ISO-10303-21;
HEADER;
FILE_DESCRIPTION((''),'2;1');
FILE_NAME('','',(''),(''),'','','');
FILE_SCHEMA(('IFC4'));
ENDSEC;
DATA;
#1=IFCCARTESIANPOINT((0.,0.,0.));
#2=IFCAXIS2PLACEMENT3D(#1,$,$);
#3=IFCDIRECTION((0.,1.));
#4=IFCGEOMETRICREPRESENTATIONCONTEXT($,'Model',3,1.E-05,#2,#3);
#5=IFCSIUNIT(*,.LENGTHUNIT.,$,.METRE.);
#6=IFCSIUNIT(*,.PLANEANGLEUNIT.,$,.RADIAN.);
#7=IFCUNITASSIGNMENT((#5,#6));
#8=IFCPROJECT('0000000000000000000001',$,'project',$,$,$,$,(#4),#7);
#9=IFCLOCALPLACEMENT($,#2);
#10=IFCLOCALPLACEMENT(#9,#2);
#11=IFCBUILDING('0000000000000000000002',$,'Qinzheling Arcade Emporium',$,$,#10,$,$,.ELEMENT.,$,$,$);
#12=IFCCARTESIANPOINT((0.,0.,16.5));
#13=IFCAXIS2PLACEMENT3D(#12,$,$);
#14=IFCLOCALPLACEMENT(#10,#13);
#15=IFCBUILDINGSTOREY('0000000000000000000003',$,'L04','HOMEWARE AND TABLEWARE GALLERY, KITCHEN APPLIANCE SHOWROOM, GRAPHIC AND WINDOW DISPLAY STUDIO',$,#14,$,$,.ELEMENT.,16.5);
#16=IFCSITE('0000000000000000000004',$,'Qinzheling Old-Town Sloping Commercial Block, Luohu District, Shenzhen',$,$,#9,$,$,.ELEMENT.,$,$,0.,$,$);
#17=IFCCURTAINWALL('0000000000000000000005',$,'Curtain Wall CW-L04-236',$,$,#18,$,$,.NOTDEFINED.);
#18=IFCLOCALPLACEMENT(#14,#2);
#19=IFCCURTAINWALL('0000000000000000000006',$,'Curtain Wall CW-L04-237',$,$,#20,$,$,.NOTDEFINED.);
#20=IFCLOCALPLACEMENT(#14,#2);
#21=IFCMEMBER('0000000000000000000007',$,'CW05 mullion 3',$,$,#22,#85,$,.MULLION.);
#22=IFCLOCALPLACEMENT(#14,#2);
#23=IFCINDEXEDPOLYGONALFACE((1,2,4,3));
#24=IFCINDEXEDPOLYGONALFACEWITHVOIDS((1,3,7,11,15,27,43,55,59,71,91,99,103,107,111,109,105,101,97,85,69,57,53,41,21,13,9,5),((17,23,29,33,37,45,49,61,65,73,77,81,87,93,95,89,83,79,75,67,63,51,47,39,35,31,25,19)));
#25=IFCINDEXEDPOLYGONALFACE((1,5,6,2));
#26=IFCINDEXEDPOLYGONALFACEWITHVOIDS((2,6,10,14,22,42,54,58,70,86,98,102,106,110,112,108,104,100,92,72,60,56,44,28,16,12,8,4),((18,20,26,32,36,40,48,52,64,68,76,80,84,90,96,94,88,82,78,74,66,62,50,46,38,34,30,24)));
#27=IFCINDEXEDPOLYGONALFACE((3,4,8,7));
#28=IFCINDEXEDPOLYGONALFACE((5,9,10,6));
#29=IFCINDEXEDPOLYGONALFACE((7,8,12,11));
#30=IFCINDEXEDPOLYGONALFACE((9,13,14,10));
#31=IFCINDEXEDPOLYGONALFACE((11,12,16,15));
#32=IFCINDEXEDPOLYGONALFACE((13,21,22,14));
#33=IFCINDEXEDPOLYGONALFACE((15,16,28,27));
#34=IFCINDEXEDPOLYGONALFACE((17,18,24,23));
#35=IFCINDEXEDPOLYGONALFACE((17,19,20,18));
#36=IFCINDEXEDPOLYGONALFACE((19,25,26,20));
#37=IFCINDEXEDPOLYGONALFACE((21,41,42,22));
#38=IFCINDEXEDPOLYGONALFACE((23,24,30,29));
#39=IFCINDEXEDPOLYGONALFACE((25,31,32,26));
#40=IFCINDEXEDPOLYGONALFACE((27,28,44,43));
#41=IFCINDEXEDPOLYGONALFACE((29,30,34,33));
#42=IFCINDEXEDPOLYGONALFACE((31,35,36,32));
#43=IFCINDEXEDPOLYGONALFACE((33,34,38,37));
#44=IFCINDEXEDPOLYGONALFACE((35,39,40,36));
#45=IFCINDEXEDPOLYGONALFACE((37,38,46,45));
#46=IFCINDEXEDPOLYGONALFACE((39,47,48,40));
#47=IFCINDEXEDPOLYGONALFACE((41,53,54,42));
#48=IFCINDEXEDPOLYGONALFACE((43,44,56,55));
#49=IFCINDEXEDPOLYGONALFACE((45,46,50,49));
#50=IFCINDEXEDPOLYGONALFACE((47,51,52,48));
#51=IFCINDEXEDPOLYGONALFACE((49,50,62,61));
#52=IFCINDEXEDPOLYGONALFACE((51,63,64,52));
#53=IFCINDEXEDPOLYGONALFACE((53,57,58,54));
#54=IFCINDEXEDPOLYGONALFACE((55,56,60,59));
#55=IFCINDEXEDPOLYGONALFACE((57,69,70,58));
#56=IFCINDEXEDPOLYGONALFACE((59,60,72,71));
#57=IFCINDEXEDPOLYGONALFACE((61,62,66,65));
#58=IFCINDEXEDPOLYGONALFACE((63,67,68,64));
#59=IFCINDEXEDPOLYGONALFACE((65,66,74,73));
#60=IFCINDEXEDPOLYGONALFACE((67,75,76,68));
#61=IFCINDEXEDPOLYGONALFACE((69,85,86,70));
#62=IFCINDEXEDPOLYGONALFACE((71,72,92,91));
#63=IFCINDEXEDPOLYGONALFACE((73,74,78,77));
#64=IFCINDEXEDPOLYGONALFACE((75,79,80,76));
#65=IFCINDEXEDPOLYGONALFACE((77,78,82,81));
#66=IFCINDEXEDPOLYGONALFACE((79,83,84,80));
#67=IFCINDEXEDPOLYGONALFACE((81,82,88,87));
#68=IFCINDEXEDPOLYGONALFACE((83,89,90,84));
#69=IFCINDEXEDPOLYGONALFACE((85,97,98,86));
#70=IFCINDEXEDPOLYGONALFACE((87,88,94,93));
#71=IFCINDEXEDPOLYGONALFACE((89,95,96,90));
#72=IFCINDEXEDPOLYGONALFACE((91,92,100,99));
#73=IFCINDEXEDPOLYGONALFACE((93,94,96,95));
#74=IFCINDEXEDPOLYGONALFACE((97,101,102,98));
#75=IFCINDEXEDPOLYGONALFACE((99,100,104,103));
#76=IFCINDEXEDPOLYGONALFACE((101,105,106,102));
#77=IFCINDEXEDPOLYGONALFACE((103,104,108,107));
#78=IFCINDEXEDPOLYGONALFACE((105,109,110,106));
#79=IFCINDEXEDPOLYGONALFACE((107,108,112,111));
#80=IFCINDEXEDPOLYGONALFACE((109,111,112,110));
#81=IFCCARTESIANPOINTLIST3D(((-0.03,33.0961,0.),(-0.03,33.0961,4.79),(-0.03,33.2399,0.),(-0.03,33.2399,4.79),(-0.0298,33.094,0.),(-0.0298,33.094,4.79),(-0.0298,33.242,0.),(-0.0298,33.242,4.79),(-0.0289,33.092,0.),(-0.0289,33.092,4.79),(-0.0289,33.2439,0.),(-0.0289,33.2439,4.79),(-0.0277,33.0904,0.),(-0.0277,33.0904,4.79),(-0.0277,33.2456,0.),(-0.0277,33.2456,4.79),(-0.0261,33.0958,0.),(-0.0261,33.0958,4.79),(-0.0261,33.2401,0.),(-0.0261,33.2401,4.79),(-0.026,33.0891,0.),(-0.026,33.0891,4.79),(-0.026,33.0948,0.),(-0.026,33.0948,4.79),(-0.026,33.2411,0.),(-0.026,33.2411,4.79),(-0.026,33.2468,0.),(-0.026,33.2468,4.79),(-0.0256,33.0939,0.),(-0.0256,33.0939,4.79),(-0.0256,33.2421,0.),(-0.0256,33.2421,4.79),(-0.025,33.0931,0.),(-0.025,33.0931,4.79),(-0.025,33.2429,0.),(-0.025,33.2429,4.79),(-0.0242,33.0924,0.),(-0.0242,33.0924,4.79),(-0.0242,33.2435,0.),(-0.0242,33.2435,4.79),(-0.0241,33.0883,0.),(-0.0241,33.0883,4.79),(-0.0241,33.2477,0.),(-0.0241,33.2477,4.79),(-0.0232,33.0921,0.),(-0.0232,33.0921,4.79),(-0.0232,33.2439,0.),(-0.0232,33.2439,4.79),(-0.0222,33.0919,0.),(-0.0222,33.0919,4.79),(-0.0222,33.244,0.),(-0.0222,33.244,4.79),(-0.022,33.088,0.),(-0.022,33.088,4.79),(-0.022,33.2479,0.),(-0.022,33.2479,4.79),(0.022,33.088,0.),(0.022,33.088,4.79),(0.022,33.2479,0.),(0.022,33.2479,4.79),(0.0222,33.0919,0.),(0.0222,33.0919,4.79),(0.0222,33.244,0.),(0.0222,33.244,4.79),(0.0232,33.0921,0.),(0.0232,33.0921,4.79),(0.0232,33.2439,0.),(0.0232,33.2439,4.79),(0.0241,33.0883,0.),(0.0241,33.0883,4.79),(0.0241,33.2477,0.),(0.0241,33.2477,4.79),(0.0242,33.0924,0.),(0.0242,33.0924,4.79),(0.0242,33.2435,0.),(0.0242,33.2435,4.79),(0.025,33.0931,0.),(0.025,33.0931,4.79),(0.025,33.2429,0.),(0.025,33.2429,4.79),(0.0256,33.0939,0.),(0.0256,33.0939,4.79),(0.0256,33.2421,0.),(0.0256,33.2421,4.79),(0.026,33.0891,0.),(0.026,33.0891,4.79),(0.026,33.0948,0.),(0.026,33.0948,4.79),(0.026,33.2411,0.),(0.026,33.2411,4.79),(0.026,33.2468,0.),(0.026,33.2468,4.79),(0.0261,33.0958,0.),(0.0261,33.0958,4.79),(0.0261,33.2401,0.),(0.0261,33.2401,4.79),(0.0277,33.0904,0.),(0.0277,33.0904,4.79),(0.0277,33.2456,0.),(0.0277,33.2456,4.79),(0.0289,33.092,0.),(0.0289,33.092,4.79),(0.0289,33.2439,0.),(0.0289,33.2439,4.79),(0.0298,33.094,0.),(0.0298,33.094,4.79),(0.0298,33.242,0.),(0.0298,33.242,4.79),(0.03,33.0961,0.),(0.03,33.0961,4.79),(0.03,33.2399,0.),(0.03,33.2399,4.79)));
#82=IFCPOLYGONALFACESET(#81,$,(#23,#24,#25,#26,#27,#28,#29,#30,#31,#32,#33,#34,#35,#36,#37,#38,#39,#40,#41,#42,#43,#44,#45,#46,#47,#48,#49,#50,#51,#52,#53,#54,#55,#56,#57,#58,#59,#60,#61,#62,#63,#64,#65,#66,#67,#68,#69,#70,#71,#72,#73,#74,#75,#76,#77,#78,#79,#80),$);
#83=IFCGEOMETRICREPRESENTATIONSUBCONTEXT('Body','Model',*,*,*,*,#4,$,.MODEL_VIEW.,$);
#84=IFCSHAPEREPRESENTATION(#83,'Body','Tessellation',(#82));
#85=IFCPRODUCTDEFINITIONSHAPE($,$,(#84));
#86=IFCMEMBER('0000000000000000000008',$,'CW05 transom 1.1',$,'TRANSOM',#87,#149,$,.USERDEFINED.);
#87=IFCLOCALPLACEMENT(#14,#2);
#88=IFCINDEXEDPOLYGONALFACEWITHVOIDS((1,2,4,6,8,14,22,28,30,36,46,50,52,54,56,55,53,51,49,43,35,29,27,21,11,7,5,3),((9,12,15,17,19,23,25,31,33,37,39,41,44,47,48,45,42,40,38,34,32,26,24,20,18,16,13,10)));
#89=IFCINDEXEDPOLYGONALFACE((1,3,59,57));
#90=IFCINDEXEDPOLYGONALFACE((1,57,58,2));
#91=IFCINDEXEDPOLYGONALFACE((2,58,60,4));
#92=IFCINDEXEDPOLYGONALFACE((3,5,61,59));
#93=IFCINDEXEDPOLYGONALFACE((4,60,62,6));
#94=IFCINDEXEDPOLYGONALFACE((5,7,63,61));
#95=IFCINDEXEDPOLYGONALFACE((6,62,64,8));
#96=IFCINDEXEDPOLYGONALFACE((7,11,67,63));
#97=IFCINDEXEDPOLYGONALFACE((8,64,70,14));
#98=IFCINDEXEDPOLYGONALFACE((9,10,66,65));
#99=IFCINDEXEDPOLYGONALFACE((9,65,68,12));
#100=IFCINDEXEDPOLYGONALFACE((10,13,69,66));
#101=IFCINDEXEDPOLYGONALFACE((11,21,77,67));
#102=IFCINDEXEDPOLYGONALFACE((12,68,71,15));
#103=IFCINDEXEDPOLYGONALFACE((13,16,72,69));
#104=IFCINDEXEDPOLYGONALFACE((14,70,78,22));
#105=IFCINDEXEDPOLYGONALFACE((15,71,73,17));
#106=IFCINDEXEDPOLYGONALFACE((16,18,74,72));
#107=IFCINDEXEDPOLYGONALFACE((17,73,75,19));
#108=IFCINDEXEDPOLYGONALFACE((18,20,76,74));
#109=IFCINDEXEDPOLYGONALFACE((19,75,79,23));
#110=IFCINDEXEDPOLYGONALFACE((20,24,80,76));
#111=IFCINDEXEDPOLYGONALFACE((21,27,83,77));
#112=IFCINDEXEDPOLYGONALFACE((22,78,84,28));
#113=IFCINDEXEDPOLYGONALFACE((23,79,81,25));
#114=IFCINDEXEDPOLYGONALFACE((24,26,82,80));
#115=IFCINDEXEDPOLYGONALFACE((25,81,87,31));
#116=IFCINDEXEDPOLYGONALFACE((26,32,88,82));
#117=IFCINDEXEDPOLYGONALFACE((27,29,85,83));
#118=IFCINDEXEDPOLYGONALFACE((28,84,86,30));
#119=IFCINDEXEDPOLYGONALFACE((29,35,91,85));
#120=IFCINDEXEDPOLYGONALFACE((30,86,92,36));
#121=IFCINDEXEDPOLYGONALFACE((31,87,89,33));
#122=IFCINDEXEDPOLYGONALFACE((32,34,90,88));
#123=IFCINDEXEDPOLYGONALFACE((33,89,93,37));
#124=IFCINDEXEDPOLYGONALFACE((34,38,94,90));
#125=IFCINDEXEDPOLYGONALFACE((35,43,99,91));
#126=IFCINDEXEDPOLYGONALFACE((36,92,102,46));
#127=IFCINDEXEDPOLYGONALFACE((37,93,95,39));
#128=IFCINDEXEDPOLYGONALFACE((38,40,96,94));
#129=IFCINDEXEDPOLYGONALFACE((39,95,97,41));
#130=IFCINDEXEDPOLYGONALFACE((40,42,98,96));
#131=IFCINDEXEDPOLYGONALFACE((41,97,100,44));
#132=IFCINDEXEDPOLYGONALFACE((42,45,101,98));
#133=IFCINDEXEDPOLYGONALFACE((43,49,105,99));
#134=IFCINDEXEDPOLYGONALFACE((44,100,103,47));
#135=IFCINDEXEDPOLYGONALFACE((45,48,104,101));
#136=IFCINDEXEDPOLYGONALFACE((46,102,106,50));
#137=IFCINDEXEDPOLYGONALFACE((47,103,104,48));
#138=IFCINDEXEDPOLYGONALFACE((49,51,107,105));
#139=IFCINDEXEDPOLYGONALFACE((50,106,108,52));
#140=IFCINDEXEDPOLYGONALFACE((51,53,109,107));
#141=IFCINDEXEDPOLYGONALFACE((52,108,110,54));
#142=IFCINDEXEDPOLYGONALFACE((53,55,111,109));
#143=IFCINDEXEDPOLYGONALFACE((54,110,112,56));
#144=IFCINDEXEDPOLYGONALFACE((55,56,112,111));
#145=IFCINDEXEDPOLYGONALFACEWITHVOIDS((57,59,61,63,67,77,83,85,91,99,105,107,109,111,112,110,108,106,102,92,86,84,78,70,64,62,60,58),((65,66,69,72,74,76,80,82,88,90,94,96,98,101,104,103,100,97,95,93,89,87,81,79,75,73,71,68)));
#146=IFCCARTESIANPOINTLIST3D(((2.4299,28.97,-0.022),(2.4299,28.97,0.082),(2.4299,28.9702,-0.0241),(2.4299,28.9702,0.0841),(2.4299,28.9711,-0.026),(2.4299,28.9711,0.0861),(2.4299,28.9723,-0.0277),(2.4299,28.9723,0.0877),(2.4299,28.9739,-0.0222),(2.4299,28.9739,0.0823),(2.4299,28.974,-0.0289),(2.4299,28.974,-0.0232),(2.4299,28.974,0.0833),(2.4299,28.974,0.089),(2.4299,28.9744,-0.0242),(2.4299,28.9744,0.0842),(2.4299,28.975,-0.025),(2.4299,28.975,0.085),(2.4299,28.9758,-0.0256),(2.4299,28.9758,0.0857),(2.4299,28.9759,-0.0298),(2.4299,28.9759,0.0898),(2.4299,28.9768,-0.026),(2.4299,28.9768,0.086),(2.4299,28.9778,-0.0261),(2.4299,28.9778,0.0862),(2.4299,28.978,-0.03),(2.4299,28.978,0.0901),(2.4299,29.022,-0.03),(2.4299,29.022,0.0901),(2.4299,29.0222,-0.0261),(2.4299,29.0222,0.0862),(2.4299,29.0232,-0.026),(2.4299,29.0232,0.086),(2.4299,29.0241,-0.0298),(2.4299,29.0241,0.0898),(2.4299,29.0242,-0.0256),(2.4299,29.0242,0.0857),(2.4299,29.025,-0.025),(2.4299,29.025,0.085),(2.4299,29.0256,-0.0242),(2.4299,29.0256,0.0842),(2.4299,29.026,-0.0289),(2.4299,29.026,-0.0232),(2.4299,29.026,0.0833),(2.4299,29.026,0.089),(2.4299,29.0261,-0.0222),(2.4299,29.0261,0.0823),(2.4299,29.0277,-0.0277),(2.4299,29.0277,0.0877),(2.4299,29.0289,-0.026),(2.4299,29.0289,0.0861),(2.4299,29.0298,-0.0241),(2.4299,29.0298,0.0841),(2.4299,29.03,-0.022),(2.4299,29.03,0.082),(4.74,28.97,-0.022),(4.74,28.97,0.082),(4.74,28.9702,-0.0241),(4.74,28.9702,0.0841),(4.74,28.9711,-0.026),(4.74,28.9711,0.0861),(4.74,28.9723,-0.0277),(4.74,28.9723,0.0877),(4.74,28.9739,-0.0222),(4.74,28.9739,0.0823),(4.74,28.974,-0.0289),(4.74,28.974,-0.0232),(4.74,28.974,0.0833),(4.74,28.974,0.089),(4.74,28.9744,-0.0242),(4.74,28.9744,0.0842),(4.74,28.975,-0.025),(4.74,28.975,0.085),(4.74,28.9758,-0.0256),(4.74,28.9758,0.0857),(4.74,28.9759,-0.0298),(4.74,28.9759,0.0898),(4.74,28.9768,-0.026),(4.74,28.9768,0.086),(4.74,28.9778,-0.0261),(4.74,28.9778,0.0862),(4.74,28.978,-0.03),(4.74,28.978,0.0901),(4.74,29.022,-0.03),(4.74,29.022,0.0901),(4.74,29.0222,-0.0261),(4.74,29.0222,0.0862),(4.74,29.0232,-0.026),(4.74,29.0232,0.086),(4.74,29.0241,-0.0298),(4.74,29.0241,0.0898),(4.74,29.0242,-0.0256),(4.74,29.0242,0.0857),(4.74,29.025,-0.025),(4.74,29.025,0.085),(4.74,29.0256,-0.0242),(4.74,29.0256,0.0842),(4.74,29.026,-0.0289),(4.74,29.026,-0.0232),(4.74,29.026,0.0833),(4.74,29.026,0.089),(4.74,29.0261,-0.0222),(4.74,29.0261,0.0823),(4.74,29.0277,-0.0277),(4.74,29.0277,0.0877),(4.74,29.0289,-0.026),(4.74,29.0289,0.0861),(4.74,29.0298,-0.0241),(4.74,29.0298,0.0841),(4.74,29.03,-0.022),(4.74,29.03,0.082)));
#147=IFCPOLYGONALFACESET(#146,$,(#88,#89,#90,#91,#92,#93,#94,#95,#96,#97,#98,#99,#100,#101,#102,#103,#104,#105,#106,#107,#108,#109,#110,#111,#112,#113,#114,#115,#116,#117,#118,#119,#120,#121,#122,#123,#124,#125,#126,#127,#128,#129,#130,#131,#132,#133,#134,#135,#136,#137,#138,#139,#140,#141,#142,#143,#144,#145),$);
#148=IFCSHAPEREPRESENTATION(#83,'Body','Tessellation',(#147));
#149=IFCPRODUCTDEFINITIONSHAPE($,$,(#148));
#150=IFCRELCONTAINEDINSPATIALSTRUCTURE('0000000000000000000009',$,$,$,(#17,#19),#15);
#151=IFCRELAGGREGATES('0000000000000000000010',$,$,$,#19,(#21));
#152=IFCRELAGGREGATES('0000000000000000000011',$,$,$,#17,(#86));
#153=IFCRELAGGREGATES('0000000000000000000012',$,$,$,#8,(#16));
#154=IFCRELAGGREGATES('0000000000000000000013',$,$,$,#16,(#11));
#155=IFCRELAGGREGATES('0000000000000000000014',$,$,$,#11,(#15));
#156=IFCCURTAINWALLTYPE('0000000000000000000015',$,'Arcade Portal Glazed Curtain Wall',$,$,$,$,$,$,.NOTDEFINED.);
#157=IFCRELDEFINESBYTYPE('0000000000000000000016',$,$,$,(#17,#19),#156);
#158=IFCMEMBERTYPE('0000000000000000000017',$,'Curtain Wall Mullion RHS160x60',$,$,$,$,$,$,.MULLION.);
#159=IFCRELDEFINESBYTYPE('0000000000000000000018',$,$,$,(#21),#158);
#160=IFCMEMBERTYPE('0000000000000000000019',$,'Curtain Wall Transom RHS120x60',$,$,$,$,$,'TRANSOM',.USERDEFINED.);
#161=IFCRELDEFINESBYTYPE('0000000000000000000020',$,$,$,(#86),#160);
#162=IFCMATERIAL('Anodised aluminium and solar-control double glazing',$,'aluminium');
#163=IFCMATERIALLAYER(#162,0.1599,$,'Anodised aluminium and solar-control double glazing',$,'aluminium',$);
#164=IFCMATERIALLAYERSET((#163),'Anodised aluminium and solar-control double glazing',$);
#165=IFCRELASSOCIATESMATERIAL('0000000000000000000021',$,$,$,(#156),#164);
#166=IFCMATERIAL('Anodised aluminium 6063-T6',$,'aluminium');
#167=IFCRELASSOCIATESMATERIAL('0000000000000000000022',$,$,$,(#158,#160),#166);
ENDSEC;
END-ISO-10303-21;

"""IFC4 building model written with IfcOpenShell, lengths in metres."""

from ifc_helpers import new_model, si_unit, direction, frame, origin, origin_2d, place, context, subcontext, project, spatial, hollow_rectangle, extrude, material, layer, layer_set, material_profile, profile_set, type_object, element, aggregate, save


model = new_model("IFC4")

# Units and contexts
model_context = context("Model", 3, precision=1e-05, world=origin(), true_north=direction((0.0, 1.0)))
body_context = subcontext(model_context, "Body", "Model", "MODEL_VIEW")
ifc_project = project(units=[si_unit("LENGTHUNIT", "METRE"), si_unit("PLANEANGLEUNIT", "RADIAN")], contexts=[model_context])

# Site, building, storey
site_placement = place(None, origin())
site = spatial("IfcSite", under=ifc_project, at=site_placement, Name="Qinzheling Old-Town Sloping Commercial Block, Luohu District, Shenzhen", CompositionType="ELEMENT", RefElevation=0.0)
building_placement = place(site_placement, origin())
building = spatial("IfcBuilding", under=site, at=building_placement, Name="Qinzheling Arcade Emporium", CompositionType="ELEMENT")
storey_placement = place(building_placement, frame((0.0, 0.0, 16.5)))
storey = spatial("IfcBuildingStorey", under=building, at=storey_placement, Name="L04", Description="HOMEWARE AND TABLEWARE GALLERY, KITCHEN APPLIANCE SHOWROOM, GRAPHIC AND WINDOW DISPLAY STUDIO", CompositionType="ELEMENT", Elevation=16.5)

# Shared definitions
ifc_material_1 = material(Name="Anodised aluminium and solar-control double glazing", Category="aluminium")
ifc_layer_1 = layer(ifc_material_1, 0.1599, Name="Anodised aluminium and solar-control double glazing", Category="aluminium")
ifc_layer_set_1 = layer_set([ifc_layer_1], Name="Anodised aluminium and solar-control double glazing")
curtain_wall_type = type_object("IfcCurtainWallType", Name="Arcade Portal Glazed Curtain Wall", PredefinedType="NOTDEFINED", material=ifc_layer_set_1)
ifc_material_2 = material(Name="Anodised aluminium 6063-T6", Category="aluminium")
ifc_material_profile_1 = material_profile(ifc_material_2, hollow_rectangle(XDim=0.0601, YDim=0.1599, WallThickness=0.0039, InnerFilletRadius=0.0039, OuterFilletRadius=0.0081, at=origin_2d()), Name="RHS 160x60x4", Category="aluminium")
ifc_profile_set_1 = profile_set([ifc_material_profile_1], Name="Anodised aluminium 6063-T6")
member_type_1 = type_object("IfcMemberType", Name="Curtain Wall Mullion RHS160x60", PredefinedType="MULLION", material=ifc_profile_set_1)

# Curtain walls, member
curtain_wall_1_placement = place(storey_placement, origin())
curtain_wall_1 = element("IfcCurtainWall", 1, at=curtain_wall_1_placement, inside=storey, type_object=curtain_wall_type, Name="Curtain Wall CW-L04-236", PredefinedType="NOTDEFINED")
curtain_wall_2_placement = place(storey_placement, origin())
curtain_wall_2 = element("IfcCurtainWall", 2, at=curtain_wall_2_placement, inside=storey, type_object=curtain_wall_type, Name="Curtain Wall CW-L04-237", PredefinedType="NOTDEFINED")
member_1_placement = place(storey_placement, frame((0.0, 33.168, 0.0), z_axis=(0.0, 0.0, 1.0), x_axis=(-1.0, 0.0, 0.0)))
member_1 = element("IfcMember", 3, at=member_1_placement, type_object=member_type_1, Name="CW05 mullion 3", PredefinedType="MULLION", context=body_context, shape_type="SweptSolid", body=[
    extrude(hollow_rectangle(XDim=0.0601, YDim=0.1599, WallThickness=0.0039, InnerFilletRadius=0.0039, OuterFilletRadius=0.0081, at=origin_2d()), origin(), (0.0, 0.0, 1.0), 4.79),
])

# Member
ifc_material_profile_2 = material_profile(ifc_material_2, hollow_rectangle(XDim=0.0601, YDim=0.1201, WallThickness=0.0039, InnerFilletRadius=0.0039, OuterFilletRadius=0.0081, at=origin_2d()), Name="RHS 120x60x4", Category="aluminium")
ifc_profile_set_2 = profile_set([ifc_material_profile_2], Name="Anodised aluminium 6063-T6")
member_type_2 = type_object("IfcMemberType", Name="Curtain Wall Transom RHS120x60", ElementType="TRANSOM", PredefinedType="USERDEFINED", material=ifc_profile_set_2)
member_2_placement = place(storey_placement, frame((4.74, 29.0, 0.03), z_axis=(-1.0, 0.0, 0.0), x_axis=(0.0, -1.0, 0.0)))
member_2 = element("IfcMember", 4, at=member_2_placement, type_object=member_type_2, Name="CW05 transom 1.1", ObjectType="TRANSOM", PredefinedType="USERDEFINED", context=body_context, shape_type="SweptSolid", body=[
    extrude(hollow_rectangle(XDim=0.0601, YDim=0.1201, WallThickness=0.0039, InnerFilletRadius=0.0039, OuterFilletRadius=0.0081, at=origin_2d()), origin(), (0.0, 0.0, 1.0), 2.3101),
])

aggregate(curtain_wall_2, [member_1])
aggregate(curtain_wall_1, [member_2])

save(model, "model.ifc")
